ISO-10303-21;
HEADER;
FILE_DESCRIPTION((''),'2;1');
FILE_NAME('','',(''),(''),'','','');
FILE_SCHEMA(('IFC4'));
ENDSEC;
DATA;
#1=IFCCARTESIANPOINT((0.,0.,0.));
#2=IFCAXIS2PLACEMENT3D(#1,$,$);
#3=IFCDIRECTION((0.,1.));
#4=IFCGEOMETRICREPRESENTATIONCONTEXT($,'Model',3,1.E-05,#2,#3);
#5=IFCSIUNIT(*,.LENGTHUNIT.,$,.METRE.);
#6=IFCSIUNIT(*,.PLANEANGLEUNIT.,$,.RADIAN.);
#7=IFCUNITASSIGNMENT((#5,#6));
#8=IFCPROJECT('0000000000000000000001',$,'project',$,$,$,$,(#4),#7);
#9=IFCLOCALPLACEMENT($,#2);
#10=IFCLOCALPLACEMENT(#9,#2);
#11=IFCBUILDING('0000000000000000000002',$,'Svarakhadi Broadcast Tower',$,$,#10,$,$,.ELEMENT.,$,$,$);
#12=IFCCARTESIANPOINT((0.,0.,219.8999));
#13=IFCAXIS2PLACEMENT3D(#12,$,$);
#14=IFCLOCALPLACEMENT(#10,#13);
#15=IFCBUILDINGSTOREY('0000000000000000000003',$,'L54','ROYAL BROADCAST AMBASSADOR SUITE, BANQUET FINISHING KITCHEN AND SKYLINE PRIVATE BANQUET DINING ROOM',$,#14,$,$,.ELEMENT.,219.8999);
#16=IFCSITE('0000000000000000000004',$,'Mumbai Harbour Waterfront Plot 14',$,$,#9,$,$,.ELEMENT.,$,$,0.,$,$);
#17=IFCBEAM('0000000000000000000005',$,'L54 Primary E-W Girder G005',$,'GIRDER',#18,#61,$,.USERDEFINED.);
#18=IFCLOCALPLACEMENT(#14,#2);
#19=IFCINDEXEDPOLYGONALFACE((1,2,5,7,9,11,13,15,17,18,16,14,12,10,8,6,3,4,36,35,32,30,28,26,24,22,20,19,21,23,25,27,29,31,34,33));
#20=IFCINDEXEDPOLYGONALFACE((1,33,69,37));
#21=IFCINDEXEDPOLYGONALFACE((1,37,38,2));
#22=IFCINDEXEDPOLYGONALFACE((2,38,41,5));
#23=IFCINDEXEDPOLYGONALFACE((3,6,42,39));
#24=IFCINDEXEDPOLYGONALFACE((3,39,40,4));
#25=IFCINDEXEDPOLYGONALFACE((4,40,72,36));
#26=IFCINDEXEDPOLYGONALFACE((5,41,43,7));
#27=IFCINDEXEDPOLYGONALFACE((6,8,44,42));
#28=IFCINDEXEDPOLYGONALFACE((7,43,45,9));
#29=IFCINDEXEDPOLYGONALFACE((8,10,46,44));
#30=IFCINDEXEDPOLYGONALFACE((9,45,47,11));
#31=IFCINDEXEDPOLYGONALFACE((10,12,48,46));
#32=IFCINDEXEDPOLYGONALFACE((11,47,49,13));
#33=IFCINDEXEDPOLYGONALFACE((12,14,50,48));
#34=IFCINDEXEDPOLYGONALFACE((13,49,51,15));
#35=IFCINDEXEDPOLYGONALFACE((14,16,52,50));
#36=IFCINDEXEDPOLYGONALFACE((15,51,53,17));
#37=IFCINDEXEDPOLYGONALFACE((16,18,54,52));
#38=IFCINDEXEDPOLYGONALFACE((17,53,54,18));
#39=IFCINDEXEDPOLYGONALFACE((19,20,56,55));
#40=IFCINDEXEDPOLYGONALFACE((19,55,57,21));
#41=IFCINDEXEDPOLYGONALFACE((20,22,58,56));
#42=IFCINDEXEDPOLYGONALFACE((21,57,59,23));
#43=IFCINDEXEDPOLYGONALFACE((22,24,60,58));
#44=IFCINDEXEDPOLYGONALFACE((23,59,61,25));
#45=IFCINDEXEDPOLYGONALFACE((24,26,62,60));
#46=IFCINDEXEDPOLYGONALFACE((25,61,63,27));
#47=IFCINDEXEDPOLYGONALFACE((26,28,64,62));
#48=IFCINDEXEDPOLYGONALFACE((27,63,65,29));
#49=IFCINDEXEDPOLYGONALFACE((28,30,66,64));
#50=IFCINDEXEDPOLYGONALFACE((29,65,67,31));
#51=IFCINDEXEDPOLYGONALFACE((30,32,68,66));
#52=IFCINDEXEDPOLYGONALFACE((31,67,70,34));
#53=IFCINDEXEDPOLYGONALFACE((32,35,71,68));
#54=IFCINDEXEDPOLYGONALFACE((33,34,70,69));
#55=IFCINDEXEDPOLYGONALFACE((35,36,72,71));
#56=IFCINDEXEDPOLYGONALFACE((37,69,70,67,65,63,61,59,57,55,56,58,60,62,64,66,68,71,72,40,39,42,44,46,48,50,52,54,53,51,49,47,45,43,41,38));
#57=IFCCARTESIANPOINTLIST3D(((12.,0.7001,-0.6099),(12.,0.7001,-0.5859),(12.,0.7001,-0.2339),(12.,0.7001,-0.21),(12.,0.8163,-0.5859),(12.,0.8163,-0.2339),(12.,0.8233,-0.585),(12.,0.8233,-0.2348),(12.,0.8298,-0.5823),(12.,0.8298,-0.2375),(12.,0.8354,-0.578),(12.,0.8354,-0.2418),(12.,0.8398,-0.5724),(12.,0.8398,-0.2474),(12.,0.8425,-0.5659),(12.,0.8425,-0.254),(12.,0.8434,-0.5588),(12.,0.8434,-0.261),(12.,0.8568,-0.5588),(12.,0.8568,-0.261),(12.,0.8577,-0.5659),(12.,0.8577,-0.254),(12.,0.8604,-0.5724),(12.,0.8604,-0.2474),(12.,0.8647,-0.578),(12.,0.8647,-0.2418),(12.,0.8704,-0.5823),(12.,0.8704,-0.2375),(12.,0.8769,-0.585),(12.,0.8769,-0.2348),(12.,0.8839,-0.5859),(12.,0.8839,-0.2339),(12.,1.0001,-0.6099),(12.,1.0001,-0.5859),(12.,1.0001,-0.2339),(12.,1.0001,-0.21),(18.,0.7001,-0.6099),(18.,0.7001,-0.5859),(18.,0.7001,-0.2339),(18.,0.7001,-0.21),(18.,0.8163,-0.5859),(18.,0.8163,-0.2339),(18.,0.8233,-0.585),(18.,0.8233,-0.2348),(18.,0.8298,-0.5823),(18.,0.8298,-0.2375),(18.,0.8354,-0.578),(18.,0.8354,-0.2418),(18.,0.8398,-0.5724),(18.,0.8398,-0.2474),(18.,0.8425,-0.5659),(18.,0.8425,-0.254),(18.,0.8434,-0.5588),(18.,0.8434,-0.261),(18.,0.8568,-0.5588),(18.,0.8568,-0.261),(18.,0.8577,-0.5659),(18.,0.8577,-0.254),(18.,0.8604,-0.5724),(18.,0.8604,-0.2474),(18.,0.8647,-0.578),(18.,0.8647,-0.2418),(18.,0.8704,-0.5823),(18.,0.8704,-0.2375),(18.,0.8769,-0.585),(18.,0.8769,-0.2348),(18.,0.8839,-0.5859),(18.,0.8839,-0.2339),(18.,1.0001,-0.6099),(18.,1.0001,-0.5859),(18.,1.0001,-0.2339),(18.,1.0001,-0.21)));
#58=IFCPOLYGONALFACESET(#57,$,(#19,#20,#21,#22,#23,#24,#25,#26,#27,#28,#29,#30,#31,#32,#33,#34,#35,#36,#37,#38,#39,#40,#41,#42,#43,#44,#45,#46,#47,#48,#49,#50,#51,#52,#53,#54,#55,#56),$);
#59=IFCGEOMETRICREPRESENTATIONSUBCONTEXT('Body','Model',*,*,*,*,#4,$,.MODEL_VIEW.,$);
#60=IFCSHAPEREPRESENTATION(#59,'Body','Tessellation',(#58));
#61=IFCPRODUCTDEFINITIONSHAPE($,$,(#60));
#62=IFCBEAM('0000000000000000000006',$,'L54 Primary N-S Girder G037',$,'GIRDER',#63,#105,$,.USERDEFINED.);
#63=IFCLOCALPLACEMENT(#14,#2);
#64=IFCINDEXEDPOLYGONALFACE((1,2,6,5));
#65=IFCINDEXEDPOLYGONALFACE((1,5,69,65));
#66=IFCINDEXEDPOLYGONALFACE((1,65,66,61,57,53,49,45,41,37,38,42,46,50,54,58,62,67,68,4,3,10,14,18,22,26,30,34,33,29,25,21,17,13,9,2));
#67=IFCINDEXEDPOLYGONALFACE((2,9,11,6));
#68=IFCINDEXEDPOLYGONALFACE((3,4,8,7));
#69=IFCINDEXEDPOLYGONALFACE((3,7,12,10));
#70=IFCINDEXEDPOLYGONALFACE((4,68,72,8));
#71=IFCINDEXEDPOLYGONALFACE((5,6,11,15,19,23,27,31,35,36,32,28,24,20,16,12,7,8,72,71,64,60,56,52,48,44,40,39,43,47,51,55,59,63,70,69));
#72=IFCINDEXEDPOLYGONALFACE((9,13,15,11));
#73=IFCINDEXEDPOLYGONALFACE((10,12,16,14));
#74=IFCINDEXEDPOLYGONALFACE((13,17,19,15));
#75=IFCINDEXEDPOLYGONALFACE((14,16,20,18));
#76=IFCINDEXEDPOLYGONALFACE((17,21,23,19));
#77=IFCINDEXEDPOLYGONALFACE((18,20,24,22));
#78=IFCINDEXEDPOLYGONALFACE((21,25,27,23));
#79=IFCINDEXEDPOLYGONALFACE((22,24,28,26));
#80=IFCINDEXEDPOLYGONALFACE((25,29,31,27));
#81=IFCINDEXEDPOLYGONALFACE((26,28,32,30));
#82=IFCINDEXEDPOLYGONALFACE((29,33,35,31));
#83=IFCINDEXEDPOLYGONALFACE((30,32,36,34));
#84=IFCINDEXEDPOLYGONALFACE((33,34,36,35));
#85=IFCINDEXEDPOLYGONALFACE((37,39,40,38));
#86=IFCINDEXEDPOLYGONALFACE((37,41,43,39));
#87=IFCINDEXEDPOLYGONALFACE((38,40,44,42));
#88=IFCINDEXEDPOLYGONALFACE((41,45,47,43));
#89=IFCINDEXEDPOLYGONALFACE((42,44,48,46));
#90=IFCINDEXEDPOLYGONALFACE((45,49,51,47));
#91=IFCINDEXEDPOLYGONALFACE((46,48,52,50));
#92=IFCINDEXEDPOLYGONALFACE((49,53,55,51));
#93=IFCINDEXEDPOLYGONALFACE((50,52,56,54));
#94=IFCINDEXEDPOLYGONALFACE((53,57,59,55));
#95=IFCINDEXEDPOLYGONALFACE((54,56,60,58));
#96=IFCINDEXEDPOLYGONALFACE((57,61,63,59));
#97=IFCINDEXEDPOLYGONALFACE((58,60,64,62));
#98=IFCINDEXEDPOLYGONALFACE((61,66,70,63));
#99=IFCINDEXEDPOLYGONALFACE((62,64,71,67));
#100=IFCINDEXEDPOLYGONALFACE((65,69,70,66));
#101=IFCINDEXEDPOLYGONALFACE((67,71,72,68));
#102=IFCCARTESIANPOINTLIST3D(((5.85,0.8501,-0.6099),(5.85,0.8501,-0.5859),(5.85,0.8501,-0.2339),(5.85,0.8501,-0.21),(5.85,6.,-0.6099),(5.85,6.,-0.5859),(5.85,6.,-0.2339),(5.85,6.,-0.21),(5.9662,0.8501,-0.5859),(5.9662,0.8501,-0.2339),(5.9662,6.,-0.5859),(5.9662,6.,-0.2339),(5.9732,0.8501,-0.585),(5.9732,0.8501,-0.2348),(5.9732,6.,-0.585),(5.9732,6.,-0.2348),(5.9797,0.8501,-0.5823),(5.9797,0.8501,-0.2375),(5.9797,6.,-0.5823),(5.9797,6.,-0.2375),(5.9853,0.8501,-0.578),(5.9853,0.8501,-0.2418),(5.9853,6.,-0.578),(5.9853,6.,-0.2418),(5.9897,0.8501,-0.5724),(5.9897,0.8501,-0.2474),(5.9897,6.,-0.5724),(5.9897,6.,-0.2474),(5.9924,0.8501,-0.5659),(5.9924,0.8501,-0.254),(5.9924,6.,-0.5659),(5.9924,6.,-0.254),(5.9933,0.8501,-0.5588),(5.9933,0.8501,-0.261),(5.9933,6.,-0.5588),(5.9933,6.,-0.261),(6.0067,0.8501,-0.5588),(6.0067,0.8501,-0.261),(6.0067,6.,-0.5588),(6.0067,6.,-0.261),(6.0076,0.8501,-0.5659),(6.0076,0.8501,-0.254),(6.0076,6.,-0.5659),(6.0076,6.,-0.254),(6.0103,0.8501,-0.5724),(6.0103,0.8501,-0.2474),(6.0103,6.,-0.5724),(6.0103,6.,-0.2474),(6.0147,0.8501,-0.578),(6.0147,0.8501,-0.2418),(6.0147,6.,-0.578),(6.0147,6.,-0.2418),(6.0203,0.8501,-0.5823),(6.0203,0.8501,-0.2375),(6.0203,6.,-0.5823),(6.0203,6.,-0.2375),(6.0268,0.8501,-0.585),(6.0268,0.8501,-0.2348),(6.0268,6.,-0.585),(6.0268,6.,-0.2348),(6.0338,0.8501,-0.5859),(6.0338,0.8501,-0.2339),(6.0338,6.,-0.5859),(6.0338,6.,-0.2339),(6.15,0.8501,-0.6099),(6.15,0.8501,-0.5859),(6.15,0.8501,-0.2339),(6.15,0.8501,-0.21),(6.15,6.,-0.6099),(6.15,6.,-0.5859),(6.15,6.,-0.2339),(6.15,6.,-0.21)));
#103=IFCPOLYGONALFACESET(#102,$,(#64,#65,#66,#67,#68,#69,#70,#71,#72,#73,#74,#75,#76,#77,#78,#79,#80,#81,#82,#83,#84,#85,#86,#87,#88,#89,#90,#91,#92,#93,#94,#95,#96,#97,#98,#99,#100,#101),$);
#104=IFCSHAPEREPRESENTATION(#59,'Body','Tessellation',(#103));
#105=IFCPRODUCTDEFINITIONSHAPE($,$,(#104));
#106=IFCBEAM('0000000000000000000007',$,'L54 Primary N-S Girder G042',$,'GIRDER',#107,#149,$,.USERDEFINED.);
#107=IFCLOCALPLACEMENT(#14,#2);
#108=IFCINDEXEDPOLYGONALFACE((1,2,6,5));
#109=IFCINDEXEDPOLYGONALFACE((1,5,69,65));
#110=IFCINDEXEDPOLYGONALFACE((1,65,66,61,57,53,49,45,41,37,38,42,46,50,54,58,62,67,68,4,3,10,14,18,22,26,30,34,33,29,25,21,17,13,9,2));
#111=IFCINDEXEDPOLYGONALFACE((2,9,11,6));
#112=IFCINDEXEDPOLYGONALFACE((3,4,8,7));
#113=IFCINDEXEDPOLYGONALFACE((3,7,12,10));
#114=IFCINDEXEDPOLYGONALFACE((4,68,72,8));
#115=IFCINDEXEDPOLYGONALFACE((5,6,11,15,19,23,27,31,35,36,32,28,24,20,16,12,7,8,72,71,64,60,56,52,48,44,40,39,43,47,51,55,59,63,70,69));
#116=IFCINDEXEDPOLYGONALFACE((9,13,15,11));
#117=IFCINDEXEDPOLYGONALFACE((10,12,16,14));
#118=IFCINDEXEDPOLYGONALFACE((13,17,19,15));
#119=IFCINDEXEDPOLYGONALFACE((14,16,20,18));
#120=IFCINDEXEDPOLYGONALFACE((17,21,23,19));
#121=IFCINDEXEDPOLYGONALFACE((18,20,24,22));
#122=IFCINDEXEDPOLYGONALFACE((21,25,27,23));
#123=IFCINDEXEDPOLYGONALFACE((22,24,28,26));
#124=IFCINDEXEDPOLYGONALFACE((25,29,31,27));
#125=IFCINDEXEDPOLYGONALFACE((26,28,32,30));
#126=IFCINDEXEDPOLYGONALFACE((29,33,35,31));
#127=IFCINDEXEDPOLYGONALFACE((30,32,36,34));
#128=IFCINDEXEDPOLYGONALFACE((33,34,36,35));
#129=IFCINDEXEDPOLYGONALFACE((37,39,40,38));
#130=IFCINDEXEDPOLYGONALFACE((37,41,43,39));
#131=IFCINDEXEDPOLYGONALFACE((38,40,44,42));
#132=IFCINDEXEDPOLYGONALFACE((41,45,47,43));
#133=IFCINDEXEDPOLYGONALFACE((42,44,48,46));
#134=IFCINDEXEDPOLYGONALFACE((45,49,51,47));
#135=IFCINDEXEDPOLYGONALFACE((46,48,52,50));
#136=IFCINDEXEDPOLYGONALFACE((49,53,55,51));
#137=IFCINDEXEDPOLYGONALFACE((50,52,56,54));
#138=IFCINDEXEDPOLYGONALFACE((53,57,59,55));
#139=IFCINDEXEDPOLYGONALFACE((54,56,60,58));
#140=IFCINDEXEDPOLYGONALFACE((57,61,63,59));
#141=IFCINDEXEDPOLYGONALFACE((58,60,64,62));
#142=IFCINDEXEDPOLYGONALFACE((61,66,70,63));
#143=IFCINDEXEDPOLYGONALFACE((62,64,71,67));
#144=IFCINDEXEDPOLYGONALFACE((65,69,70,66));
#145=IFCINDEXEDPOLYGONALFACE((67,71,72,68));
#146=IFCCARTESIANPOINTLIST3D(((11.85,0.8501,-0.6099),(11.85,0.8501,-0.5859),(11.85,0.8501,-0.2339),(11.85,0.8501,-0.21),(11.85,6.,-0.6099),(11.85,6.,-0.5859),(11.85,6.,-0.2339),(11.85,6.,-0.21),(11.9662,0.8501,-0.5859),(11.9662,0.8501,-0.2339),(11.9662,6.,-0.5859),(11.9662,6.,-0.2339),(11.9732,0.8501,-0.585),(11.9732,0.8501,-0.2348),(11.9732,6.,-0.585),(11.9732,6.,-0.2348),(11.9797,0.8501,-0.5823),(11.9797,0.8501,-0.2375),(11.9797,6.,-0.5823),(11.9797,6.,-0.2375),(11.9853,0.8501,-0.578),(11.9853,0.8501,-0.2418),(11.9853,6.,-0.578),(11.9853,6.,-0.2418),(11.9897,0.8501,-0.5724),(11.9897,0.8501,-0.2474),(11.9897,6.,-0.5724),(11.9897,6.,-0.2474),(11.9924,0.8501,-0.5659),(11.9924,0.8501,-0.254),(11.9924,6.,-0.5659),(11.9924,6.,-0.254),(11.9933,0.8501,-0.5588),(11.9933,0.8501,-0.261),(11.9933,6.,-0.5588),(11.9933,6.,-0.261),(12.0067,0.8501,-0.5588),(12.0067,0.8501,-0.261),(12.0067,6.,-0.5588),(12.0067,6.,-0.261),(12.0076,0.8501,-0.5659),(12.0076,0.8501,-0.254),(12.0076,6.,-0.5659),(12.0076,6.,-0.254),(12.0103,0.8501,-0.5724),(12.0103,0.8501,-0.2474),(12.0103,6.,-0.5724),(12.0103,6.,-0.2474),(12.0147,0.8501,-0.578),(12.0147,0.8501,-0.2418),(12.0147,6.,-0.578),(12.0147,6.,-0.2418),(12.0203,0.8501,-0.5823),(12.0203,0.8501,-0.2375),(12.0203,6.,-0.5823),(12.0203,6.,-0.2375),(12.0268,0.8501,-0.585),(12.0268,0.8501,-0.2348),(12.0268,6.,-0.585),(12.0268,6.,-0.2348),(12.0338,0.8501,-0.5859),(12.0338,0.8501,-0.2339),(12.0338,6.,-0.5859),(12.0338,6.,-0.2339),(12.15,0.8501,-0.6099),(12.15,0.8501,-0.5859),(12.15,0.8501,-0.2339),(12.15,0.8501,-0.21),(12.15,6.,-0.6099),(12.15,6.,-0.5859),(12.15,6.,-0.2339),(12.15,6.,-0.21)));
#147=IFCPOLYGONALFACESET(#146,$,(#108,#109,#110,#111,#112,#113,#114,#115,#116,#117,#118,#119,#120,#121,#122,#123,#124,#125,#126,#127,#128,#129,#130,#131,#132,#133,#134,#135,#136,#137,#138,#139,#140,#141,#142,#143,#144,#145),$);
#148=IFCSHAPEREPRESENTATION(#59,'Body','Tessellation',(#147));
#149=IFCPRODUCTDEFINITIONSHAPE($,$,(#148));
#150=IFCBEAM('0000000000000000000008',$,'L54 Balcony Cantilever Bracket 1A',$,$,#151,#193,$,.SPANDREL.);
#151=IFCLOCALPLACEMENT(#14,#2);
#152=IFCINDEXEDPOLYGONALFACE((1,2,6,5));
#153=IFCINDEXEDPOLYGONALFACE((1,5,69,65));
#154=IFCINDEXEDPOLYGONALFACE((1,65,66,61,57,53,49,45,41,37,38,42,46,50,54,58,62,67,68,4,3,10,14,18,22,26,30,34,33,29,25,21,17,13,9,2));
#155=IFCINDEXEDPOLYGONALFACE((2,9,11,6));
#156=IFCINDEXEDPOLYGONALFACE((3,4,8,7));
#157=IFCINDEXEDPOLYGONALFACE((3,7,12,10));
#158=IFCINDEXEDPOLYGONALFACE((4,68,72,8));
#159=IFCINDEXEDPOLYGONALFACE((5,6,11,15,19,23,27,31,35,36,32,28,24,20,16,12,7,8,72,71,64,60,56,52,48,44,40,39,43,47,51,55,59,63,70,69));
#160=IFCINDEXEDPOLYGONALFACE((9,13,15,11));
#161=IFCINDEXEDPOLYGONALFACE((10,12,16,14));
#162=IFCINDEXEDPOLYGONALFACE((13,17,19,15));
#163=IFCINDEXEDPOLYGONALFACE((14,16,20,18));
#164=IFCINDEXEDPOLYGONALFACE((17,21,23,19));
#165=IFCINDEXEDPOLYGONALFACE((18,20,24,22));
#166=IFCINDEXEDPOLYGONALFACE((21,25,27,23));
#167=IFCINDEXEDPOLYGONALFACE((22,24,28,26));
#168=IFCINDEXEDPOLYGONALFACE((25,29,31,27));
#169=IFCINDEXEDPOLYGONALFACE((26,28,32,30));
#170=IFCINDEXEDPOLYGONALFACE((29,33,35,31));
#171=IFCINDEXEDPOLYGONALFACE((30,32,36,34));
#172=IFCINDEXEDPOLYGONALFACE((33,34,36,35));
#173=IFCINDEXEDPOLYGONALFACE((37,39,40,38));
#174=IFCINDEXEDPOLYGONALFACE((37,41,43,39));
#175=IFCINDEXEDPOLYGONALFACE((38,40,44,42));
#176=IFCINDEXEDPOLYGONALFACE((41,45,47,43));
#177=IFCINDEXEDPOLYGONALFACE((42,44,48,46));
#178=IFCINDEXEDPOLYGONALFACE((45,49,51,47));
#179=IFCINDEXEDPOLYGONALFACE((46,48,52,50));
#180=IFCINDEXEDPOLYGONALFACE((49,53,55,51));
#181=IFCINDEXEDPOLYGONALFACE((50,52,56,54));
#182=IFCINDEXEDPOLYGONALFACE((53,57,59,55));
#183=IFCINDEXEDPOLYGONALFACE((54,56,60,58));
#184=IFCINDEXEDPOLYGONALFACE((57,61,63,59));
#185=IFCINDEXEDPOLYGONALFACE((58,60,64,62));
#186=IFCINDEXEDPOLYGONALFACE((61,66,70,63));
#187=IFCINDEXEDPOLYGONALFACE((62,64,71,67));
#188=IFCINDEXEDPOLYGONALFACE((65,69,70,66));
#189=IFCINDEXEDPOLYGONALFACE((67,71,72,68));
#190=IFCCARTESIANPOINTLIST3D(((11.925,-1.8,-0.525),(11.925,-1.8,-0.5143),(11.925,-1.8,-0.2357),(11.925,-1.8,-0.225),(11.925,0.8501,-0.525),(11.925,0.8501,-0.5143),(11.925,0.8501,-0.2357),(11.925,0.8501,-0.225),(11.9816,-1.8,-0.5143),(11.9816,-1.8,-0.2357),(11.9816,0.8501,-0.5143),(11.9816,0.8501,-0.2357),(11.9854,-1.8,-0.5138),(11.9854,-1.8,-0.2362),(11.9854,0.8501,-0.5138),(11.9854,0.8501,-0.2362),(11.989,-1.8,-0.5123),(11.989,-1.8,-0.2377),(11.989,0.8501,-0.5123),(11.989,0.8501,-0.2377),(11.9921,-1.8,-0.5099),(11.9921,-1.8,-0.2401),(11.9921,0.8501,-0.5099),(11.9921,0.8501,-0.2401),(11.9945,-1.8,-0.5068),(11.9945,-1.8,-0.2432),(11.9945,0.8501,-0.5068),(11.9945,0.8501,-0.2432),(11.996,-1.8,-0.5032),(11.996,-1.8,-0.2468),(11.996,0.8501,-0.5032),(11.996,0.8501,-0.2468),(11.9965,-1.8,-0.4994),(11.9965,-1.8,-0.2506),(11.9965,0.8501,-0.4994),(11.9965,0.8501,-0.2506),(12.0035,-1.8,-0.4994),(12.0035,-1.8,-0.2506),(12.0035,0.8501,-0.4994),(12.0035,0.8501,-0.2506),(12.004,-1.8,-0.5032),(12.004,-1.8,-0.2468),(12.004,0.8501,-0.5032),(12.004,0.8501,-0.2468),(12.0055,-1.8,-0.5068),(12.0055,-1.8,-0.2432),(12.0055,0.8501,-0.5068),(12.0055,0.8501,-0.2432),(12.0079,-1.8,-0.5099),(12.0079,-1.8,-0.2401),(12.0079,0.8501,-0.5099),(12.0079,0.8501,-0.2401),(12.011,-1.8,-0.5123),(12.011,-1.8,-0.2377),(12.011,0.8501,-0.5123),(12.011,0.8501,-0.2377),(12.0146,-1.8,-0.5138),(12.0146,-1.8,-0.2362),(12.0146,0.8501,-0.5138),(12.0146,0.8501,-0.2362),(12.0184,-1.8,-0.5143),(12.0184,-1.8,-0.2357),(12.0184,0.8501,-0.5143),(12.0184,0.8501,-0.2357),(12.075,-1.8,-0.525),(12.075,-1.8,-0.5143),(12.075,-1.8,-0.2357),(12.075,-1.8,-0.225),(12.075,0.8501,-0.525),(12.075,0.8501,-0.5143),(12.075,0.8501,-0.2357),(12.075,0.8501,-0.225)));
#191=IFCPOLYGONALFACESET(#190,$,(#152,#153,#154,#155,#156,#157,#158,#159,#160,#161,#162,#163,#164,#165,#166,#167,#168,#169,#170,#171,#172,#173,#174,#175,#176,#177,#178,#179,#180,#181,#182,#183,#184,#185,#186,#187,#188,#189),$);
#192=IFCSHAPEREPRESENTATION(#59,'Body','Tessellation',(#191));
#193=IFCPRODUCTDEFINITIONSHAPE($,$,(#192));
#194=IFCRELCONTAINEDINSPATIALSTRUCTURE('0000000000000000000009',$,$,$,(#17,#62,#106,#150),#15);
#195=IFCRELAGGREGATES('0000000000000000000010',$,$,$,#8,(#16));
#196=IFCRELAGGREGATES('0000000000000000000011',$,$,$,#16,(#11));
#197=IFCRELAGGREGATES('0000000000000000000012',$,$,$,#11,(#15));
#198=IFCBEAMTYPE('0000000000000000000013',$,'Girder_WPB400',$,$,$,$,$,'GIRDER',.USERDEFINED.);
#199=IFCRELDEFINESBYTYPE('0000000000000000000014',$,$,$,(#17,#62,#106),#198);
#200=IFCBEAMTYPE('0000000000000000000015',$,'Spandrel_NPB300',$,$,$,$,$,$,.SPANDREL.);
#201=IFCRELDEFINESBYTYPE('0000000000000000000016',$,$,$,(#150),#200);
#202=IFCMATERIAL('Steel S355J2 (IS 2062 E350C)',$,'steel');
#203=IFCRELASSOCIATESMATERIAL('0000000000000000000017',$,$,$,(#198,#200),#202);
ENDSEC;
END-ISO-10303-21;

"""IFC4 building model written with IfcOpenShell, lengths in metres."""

from ifc_helpers import new_model, si_unit, direction, frame, origin, origin_2d, place, context, subcontext, project, spatial, i_section, extrude, material, material_profile, profile_set, type_object, element, save


model = new_model("IFC4")

# Units and contexts
model_context = context("Model", 3, precision=1e-05, world=origin(), true_north=direction((0.0, 1.0)))
body_context = subcontext(model_context, "Body", "Model", "MODEL_VIEW")
ifc_project = project(units=[si_unit("LENGTHUNIT", "METRE"), si_unit("PLANEANGLEUNIT", "RADIAN")], contexts=[model_context])

# Site, building, storey
site_placement = place(None, origin())
site = spatial("IfcSite", under=ifc_project, at=site_placement, Name="Mumbai Harbour Waterfront Plot 14", CompositionType="ELEMENT", RefElevation=0.0)
building_placement = place(site_placement, origin())
building = spatial("IfcBuilding", under=site, at=building_placement, Name="Svarakhadi Broadcast Tower", CompositionType="ELEMENT")
storey_placement = place(building_placement, frame((0.0, 0.0, 219.8999)))
storey = spatial("IfcBuildingStorey", under=building, at=storey_placement, Name="L54", Description="ROYAL BROADCAST AMBASSADOR SUITE, BANQUET FINISHING KITCHEN AND SKYLINE PRIVATE BANQUET DINING ROOM", CompositionType="ELEMENT", Elevation=219.8999)

# Shared definitions
ifc_material_1 = material(Name="Steel S355J2 (IS 2062 E350C)", Category="steel")

# Beams
ifc_material_profile_1 = material_profile(ifc_material_1, i_section(OverallWidth=0.3, OverallDepth=0.3999, WebThickness=0.0134, FlangeThickness=0.0239, FilletRadius=0.0271, at=origin_2d()), Name="WPB 400x300x155")
ifc_profile_set_1 = profile_set([ifc_material_profile_1], Name="Steel S355J2 (IS 2062 E350C)")
beam_type_1 = type_object("IfcBeamType", Name="Girder_WPB400", ElementType="GIRDER", PredefinedType="USERDEFINED", material=ifc_profile_set_1)
for number, where, z_axis, x_axis, name in (
    (1, (12.0, 0.8501, -0.4099), (1.0, 0.0, 0.0), (0.0, 1.0, 0.0), "L54 Primary E-W Girder G005"),
):
    element("IfcBeam", number, at=place(storey_placement, frame(where, z_axis=z_axis, x_axis=x_axis)), inside=storey, type_object=beam_type_1, Name=name, ObjectType="GIRDER", PredefinedType="USERDEFINED", context=body_context, shape_type="SweptSolid", body=[
        extrude(i_section(OverallWidth=0.3, OverallDepth=0.3999, WebThickness=0.0134, FlangeThickness=0.0239, FilletRadius=0.0271, at=origin_2d()), origin(), (0.0, 0.0, 1.0), 6.0),
    ])
for number, where, z_axis, x_axis, name in (
    (2, (6.0, 0.8501, -0.4099), (0.0, 1.0, 0.0), (-1.0, 0.0, 0.0), "L54 Primary N-S Girder G037"),
    (3, (12.0, 0.8501, -0.4099), (0.0, 1.0, 0.0), (-1.0, 0.0, 0.0), "L54 Primary N-S Girder G042"),
):
    element("IfcBeam", number, at=place(storey_placement, frame(where, z_axis=z_axis, x_axis=x_axis)), inside=storey, type_object=beam_type_1, Name=name, ObjectType="GIRDER", PredefinedType="USERDEFINED", context=body_context, shape_type="SweptSolid", body=[
        extrude(i_section(OverallWidth=0.3, OverallDepth=0.3999, WebThickness=0.0134, FlangeThickness=0.0239, FilletRadius=0.0271, at=origin_2d()), origin(), (0.0, 0.0, 1.0), 5.1499),
    ])
ifc_material_profile_2 = material_profile(ifc_material_1, i_section(OverallWidth=0.1499, OverallDepth=0.3, WebThickness=0.0071, FlangeThickness=0.0107, FilletRadius=0.0149, at=origin_2d()), Name="NPB 300x150x37")
ifc_profile_set_2 = profile_set([ifc_material_profile_2], Name="Steel S355J2 (IS 2062 E350C)")
beam_type_2 = type_object("IfcBeamType", Name="Spandrel_NPB300", PredefinedType="SPANDREL", material=ifc_profile_set_2)
beam_1_placement = place(storey_placement, frame((12.0, 0.8501, -0.375), z_axis=(0.0, -1.0, 0.0), x_axis=(1.0, 0.0, 0.0)))
element("IfcBeam", 4, at=beam_1_placement, inside=storey, type_object=beam_type_2, Name="L54 Balcony Cantilever Bracket 1A", PredefinedType="SPANDREL", context=body_context, shape_type="SweptSolid", body=[
    extrude(i_section(OverallWidth=0.1499, OverallDepth=0.3, WebThickness=0.0071, FlangeThickness=0.0107, FilletRadius=0.0149, at=origin_2d()), origin(), (0.0, 0.0, 1.0), 2.6501),
])

save(model, "model.ifc")
